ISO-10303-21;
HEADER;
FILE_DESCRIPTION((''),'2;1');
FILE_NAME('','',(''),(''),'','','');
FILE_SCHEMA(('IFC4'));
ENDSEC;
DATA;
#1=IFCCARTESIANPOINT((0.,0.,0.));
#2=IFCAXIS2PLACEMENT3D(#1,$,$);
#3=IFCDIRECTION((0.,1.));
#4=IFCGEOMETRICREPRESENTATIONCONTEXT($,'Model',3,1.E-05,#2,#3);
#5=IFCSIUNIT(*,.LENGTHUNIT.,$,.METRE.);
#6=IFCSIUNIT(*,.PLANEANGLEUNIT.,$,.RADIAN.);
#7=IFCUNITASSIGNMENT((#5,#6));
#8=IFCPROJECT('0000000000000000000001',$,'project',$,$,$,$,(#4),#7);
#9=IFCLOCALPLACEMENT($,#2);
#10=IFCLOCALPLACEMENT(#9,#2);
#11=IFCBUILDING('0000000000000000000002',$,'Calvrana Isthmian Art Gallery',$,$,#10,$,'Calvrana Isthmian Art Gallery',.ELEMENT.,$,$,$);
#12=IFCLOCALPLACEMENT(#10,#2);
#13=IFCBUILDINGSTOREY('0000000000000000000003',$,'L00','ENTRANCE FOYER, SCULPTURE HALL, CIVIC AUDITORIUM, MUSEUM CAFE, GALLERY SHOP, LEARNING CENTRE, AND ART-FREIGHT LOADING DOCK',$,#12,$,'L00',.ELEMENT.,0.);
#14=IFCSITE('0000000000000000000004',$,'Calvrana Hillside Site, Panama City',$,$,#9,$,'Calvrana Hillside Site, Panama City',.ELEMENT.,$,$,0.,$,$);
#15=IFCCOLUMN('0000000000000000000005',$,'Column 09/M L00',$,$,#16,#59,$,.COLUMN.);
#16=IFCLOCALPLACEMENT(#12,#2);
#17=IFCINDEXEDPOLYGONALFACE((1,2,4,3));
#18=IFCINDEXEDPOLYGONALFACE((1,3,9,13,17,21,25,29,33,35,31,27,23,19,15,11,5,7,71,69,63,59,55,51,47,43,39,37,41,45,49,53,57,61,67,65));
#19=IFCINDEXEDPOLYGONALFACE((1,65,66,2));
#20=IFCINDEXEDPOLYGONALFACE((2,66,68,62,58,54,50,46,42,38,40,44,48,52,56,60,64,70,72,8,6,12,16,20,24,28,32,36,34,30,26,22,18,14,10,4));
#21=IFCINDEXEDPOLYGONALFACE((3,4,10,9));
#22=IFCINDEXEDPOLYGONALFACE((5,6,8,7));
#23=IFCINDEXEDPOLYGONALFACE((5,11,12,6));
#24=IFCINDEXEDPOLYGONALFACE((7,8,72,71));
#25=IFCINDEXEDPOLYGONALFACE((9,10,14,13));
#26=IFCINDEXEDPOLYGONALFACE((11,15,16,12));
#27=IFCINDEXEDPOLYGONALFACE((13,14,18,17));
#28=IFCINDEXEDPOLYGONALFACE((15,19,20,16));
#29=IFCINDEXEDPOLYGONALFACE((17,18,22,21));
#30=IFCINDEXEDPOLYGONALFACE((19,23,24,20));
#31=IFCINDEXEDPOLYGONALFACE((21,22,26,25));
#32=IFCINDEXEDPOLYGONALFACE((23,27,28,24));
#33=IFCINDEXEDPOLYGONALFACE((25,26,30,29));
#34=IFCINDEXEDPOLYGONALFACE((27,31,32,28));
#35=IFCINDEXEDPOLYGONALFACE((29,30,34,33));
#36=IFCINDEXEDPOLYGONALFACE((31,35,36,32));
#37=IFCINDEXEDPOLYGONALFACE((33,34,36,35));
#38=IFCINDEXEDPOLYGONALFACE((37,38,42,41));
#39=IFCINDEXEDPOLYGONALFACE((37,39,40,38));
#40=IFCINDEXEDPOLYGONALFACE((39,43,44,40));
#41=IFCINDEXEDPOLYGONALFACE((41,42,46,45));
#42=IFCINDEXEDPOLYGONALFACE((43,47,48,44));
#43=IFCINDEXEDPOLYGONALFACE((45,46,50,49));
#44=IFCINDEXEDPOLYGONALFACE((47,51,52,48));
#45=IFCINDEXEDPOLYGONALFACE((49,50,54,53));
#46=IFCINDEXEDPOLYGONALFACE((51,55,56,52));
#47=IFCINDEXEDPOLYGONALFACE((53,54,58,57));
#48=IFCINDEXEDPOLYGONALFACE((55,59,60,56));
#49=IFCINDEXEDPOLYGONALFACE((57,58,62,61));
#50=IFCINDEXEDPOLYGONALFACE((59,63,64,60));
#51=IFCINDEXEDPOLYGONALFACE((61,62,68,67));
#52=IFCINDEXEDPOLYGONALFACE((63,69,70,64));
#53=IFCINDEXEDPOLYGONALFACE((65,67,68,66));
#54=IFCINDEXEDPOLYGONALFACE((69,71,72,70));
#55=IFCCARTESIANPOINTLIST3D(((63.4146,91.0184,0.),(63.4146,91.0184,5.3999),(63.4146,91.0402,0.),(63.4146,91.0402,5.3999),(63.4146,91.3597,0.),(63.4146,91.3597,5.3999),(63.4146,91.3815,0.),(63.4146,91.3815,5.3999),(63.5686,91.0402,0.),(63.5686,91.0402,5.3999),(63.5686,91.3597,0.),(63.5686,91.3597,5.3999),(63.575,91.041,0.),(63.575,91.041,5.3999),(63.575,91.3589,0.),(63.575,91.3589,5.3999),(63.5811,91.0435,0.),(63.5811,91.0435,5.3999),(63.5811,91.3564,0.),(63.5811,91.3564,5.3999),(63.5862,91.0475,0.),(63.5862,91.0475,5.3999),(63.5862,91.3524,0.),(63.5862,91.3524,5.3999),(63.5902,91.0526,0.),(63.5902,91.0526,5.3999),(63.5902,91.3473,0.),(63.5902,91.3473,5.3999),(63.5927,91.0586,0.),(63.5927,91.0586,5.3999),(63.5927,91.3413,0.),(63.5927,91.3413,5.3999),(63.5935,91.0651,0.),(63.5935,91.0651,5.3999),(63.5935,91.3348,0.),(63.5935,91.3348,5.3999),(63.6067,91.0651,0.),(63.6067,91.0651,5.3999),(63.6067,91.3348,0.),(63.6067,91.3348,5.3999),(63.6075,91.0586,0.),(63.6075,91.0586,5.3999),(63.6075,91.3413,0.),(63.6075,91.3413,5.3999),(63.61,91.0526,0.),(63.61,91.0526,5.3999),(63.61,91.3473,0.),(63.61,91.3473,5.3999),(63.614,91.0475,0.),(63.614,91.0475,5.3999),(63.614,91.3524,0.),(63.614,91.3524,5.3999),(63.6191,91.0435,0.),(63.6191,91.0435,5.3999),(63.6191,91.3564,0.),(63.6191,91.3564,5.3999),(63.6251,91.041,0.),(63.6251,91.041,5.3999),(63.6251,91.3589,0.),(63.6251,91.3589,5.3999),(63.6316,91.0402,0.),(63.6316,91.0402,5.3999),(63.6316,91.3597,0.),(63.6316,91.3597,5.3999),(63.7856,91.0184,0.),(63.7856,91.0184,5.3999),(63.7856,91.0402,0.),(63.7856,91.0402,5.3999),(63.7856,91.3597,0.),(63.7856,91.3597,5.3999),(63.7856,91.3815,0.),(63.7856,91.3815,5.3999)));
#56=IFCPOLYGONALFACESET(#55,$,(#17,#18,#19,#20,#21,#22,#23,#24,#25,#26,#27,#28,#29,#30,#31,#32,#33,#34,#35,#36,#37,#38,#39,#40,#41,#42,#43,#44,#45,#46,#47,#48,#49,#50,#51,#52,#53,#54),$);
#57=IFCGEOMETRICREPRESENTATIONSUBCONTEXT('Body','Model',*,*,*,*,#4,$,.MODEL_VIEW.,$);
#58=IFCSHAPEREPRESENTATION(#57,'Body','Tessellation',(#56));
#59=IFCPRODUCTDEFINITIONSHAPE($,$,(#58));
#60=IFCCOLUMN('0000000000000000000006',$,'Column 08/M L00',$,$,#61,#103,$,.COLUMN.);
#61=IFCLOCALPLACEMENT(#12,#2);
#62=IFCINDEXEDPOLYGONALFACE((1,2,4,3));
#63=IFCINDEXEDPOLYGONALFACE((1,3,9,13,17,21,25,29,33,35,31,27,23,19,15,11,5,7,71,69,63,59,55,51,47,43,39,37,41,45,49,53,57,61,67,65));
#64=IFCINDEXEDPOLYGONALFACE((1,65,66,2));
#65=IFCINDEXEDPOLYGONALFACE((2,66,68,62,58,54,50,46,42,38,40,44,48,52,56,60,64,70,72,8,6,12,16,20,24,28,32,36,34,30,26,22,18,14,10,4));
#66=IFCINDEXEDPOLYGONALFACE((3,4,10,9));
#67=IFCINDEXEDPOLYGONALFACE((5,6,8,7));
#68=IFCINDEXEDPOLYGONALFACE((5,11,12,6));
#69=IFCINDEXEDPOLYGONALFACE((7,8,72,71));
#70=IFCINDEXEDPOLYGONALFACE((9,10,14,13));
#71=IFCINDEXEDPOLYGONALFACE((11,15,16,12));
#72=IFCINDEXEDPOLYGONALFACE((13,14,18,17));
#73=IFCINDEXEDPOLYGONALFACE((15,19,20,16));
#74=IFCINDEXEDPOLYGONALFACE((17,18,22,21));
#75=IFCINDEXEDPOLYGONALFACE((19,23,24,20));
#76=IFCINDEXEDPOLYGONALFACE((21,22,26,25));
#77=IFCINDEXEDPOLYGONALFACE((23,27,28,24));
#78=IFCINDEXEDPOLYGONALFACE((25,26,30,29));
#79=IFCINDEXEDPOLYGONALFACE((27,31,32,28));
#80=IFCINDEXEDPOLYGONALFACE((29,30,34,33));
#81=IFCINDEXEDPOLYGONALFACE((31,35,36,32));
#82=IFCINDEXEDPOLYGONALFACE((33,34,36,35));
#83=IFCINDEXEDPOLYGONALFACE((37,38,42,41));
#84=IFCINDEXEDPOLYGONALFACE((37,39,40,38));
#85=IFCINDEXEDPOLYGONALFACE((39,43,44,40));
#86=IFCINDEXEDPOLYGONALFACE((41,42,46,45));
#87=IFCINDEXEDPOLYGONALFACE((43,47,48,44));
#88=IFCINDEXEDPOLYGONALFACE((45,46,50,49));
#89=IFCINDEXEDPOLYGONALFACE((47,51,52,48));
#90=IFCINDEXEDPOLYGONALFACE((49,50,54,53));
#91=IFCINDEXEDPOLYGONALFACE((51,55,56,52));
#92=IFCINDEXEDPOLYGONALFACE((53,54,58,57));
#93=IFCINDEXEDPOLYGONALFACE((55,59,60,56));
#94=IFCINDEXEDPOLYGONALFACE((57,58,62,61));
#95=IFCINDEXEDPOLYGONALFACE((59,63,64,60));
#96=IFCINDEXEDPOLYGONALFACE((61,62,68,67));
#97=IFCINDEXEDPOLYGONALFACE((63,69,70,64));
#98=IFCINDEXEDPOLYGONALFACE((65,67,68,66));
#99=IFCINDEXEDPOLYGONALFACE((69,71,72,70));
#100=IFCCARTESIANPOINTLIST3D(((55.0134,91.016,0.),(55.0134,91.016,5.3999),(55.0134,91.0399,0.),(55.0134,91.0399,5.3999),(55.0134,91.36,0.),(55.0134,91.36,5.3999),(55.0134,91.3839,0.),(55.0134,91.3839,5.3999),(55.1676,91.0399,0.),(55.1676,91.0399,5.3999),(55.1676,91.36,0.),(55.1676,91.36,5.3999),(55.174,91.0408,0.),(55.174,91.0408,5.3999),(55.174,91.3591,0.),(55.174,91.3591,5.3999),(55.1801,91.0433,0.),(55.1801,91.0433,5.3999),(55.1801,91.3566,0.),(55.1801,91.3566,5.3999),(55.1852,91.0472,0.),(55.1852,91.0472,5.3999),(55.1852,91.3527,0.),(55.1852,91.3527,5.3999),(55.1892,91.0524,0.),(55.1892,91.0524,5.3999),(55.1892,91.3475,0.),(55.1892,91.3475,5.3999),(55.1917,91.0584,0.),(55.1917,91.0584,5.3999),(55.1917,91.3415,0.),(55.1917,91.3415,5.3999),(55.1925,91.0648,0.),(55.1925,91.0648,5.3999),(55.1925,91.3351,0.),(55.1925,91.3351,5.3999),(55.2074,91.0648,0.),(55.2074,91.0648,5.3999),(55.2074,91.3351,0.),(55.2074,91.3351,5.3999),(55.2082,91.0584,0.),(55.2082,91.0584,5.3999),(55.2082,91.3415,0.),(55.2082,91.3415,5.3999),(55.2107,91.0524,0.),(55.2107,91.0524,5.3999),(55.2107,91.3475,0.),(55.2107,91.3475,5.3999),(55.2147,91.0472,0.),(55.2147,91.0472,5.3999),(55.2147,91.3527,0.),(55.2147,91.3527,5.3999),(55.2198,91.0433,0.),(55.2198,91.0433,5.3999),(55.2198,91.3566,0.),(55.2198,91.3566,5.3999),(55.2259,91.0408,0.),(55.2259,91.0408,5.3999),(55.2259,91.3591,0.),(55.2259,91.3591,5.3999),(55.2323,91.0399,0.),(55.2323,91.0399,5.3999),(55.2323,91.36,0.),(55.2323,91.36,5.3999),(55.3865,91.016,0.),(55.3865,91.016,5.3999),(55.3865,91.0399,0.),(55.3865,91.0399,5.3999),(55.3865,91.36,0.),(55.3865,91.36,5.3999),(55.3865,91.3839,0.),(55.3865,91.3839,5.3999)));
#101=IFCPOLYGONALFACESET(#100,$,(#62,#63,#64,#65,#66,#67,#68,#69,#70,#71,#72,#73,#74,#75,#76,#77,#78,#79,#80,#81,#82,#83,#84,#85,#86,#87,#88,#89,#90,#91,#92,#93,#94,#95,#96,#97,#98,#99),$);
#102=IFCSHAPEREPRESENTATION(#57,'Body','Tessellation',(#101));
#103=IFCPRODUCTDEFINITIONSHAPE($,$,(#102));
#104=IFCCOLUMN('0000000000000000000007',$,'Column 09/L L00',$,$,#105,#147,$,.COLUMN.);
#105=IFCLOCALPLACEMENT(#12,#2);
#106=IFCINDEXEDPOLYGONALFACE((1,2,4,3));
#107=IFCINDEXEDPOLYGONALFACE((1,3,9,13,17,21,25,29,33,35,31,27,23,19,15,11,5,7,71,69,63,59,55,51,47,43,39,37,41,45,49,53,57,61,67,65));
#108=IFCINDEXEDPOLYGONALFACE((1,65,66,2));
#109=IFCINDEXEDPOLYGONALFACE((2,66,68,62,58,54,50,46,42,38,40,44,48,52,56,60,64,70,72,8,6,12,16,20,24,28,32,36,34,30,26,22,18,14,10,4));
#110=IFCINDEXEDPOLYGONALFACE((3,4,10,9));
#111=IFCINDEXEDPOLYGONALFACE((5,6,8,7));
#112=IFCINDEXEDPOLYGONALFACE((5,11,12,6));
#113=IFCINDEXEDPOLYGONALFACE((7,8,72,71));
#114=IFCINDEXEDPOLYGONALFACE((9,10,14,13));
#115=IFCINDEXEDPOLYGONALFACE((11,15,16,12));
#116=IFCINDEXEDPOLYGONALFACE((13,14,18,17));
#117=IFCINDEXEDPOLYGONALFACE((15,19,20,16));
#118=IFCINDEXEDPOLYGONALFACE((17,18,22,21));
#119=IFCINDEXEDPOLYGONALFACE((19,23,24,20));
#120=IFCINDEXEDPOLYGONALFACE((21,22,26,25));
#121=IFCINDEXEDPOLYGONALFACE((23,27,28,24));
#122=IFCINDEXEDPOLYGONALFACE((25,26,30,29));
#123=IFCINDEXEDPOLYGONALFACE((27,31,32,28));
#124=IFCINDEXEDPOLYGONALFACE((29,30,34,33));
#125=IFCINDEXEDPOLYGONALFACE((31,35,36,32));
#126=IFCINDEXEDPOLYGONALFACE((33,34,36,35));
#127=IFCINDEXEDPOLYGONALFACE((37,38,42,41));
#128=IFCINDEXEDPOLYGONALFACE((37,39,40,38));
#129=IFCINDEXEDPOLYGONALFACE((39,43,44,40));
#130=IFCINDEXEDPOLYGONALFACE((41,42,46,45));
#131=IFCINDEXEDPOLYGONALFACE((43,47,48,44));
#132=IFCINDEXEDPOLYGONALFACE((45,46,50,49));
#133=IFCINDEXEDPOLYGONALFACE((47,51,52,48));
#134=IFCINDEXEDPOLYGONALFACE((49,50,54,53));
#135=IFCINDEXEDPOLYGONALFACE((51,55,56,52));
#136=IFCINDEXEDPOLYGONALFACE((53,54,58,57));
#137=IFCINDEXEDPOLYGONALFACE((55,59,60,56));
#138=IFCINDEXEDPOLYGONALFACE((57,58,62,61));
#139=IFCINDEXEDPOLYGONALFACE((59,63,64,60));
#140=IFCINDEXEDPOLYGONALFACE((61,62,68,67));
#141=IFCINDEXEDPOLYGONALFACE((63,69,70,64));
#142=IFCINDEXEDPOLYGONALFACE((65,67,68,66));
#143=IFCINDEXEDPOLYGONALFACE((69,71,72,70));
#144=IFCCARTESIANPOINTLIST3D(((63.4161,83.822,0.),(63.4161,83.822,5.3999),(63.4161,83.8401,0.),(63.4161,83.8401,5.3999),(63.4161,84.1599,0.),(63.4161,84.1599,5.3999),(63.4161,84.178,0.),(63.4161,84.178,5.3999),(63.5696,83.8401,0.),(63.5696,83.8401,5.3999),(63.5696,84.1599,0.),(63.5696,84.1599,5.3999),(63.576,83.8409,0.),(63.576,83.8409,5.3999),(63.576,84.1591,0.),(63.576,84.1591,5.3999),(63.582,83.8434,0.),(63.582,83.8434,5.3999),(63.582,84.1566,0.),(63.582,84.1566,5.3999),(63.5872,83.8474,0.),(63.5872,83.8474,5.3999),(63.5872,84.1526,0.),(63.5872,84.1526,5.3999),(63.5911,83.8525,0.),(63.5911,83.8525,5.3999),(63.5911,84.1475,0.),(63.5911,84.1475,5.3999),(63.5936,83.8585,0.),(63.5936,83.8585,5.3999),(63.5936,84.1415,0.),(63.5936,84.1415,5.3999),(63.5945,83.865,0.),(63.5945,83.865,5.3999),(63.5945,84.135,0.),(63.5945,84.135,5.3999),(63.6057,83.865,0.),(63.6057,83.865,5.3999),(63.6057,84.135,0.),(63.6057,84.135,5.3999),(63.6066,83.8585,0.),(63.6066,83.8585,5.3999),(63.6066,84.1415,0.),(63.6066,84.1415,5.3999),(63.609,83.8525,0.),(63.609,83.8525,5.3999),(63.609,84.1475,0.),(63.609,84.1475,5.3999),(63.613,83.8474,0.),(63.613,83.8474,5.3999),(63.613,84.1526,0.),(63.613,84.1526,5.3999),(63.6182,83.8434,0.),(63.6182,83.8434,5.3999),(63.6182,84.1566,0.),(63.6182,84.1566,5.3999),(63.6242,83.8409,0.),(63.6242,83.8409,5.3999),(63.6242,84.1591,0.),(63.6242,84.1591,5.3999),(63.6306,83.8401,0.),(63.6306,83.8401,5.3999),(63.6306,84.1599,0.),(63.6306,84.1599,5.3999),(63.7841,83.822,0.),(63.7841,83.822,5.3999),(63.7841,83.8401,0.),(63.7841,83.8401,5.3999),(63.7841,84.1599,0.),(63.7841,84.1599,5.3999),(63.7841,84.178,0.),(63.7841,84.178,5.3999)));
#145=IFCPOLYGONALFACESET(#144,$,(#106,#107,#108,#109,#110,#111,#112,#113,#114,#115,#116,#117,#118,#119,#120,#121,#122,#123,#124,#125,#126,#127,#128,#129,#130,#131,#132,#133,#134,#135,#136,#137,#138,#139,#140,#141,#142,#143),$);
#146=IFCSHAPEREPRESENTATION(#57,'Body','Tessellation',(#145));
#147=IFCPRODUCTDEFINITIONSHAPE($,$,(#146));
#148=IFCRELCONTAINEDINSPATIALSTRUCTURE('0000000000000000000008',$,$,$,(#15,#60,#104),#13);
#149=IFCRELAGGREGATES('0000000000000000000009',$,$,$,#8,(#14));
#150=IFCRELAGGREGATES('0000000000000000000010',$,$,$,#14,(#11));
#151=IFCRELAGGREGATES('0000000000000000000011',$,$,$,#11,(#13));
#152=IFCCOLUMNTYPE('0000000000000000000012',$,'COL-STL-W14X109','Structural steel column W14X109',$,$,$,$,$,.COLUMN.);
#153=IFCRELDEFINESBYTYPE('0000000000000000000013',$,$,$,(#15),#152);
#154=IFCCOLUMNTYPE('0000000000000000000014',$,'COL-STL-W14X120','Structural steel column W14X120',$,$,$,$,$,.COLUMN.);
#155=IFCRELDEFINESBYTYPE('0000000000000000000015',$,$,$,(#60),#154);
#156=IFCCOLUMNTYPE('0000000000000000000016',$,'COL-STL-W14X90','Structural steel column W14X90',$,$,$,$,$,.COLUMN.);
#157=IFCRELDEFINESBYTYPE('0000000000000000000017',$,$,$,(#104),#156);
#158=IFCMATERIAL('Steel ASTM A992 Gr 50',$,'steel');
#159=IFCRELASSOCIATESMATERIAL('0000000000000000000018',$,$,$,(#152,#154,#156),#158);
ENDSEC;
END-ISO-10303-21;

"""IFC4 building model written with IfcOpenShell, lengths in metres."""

from ifc_helpers import new_model, si_unit, direction, frame, origin, origin_2d, place, context, subcontext, project, spatial, i_section, extrude, material, material_profile, profile_set, type_object, element, save


model = new_model("IFC4")

# Units and contexts
model_context = context("Model", 3, precision=1e-05, world=origin(), true_north=direction((0.0, 1.0)))
body_context = subcontext(model_context, "Body", "Model", "MODEL_VIEW")
ifc_project = project(units=[si_unit("LENGTHUNIT", "METRE"), si_unit("PLANEANGLEUNIT", "RADIAN")], contexts=[model_context])

# Site, building, storey
site_placement = place(None, origin())
site = spatial("IfcSite", under=ifc_project, at=site_placement, Name="Calvrana Hillside Site, Panama City", LongName="Calvrana Hillside Site, Panama City", CompositionType="ELEMENT", RefElevation=0.0)
building_placement = place(site_placement, origin())
building = spatial("IfcBuilding", under=site, at=building_placement, Name="Calvrana Isthmian Art Gallery", LongName="Calvrana Isthmian Art Gallery", CompositionType="ELEMENT")
storey_placement = place(building_placement, origin())
storey = spatial("IfcBuildingStorey", under=building, at=storey_placement, Name="L00", Description="ENTRANCE FOYER, SCULPTURE HALL, CIVIC AUDITORIUM, MUSEUM CAFE, GALLERY SHOP, LEARNING CENTRE, AND ART-FREIGHT LOADING DOCK", LongName="L00", CompositionType="ELEMENT", Elevation=0.0)

# Columns
ifc_material_1 = material(Name="Steel ASTM A992 Gr 50", Category="steel")
ifc_material_profile_1 = material_profile(ifc_material_1, i_section(OverallWidth=0.3711, OverallDepth=0.363, WebThickness=0.0132, FlangeThickness=0.0217, FilletRadius=0.0249, at=origin_2d()), Name="W14X109")
ifc_profile_set_1 = profile_set([ifc_material_profile_1], Name="Steel ASTM A992 Gr 50")
column_type_1 = type_object("IfcColumnType", Name="COL-STL-W14X109", Description="Structural steel column W14X109", PredefinedType="COLUMN", material=ifc_profile_set_1)
column_1_placement = place(storey_placement, frame((63.6001, 91.2, 0.0), z_axis=(0.0, 0.0, 1.0), x_axis=(1.0, 0.0, 0.0)))
element("IfcColumn", 1, at=column_1_placement, inside=storey, type_object=column_type_1, Name="Column 09/M L00", PredefinedType="COLUMN", context=body_context, shape_type="SweptSolid", body=[
    extrude(i_section(OverallWidth=0.3711, OverallDepth=0.363, WebThickness=0.0132, FlangeThickness=0.0217, FilletRadius=0.0249, at=origin_2d()), origin(), (0.0, 0.0, 1.0), 5.3999),
])
ifc_material_profile_2 = material_profile(ifc_material_1, i_section(OverallWidth=0.373, OverallDepth=0.3679, WebThickness=0.0149, FlangeThickness=0.0239, FilletRadius=0.0249, at=origin_2d()), Name="W14X120")
ifc_profile_set_2 = profile_set([ifc_material_profile_2], Name="Steel ASTM A992 Gr 50")
column_type_2 = type_object("IfcColumnType", Name="COL-STL-W14X120", Description="Structural steel column W14X120", PredefinedType="COLUMN", material=ifc_profile_set_2)
column_2_placement = place(storey_placement, frame((55.2, 91.2, 0.0), z_axis=(0.0, 0.0, 1.0), x_axis=(1.0, 0.0, 0.0)))
element("IfcColumn", 2, at=column_2_placement, inside=storey, type_object=column_type_2, Name="Column 08/M L00", PredefinedType="COLUMN", context=body_context, shape_type="SweptSolid", body=[
    extrude(i_section(OverallWidth=0.373, OverallDepth=0.3679, WebThickness=0.0149, FlangeThickness=0.0239, FilletRadius=0.0249, at=origin_2d()), origin(), (0.0, 0.0, 1.0), 5.3999),
])
ifc_material_profile_3 = material_profile(ifc_material_1, i_section(OverallWidth=0.3679, OverallDepth=0.356, WebThickness=0.0112, FlangeThickness=0.0181, FilletRadius=0.0249, at=origin_2d()), Name="W14X90")
ifc_profile_set_3 = profile_set([ifc_material_profile_3], Name="Steel ASTM A992 Gr 50")
column_type_3 = type_object("IfcColumnType", Name="COL-STL-W14X90", Description="Structural steel column W14X90", PredefinedType="COLUMN", material=ifc_profile_set_3)
column_3_placement = place(storey_placement, frame((63.6001, 84.0, 0.0), z_axis=(0.0, 0.0, 1.0), x_axis=(1.0, 0.0, 0.0)))
element("IfcColumn", 3, at=column_3_placement, inside=storey, type_object=column_type_3, Name="Column 09/L L00", PredefinedType="COLUMN", context=body_context, shape_type="SweptSolid", body=[
    extrude(i_section(OverallWidth=0.3679, OverallDepth=0.356, WebThickness=0.0112, FlangeThickness=0.0181, FilletRadius=0.0249, at=origin_2d()), origin(), (0.0, 0.0, 1.0), 5.3999),
])

save(model, "model.ifc")
